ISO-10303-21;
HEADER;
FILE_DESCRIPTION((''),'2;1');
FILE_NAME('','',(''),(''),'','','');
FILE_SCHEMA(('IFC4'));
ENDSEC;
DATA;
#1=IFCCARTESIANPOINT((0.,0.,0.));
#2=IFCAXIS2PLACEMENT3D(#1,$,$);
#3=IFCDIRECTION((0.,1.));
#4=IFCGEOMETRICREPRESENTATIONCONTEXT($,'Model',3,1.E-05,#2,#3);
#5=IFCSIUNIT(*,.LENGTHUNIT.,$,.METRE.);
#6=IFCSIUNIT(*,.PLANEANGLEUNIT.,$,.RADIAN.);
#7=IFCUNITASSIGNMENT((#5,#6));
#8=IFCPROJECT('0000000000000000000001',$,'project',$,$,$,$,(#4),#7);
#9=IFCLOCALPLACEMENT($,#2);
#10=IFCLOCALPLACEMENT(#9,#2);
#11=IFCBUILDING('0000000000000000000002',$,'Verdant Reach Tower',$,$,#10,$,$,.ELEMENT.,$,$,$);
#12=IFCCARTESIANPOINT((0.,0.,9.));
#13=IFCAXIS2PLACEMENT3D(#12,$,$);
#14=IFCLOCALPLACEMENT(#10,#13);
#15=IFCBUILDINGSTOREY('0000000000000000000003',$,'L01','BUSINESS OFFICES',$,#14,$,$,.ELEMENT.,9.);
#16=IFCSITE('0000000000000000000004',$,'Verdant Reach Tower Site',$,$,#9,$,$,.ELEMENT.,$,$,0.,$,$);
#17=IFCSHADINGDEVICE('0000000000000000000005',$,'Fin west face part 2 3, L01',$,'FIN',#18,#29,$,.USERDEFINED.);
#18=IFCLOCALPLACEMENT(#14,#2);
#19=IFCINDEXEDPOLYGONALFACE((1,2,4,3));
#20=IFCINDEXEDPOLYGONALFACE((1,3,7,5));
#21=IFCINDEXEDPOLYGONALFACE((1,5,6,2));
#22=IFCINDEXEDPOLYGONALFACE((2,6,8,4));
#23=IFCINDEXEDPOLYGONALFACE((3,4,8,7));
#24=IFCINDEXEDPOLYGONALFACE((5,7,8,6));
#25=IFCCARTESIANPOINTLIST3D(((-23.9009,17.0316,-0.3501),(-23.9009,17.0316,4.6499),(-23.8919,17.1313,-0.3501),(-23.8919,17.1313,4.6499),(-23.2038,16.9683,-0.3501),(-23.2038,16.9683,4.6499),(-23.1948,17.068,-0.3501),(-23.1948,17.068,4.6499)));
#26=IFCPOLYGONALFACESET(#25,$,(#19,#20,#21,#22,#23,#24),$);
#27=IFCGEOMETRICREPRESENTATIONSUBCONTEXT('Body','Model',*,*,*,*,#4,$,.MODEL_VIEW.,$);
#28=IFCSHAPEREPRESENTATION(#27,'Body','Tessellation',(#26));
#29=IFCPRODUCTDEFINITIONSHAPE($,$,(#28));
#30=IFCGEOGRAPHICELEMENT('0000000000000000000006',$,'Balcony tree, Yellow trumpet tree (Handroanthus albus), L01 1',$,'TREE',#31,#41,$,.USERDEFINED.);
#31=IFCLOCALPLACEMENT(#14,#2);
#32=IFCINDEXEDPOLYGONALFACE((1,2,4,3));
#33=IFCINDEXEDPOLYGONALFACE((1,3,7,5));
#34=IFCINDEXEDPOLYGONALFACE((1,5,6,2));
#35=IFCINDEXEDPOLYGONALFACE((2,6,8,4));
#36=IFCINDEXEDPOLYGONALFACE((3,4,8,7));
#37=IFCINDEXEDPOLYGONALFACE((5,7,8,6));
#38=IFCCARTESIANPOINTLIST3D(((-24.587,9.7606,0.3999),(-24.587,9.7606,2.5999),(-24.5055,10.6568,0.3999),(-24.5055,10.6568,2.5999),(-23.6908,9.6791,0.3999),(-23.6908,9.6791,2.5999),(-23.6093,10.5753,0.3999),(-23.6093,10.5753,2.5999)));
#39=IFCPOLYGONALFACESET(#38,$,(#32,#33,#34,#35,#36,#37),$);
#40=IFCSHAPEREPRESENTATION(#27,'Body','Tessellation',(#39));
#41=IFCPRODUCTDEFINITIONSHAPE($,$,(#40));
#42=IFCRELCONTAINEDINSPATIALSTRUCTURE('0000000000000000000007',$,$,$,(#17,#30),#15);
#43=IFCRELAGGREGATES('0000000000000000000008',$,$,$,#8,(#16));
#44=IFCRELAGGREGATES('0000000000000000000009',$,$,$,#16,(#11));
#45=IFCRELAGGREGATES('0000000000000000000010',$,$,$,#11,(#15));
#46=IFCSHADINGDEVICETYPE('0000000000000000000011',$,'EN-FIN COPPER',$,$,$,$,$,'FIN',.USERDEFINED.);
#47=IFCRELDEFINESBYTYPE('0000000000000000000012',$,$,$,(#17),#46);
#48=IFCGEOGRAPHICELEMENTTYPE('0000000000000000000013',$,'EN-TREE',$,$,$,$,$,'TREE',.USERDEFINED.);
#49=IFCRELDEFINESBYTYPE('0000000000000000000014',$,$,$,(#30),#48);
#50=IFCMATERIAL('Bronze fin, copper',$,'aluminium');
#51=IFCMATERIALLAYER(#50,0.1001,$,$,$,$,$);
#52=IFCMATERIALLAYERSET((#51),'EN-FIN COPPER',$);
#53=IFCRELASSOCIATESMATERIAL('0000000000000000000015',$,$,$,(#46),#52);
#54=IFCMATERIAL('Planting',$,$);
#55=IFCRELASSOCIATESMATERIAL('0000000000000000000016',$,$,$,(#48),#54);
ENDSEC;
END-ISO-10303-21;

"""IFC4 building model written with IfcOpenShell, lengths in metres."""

from ifc_helpers import new_model, si_unit, direction, frame, origin, origin_2d, place, context, subcontext, project, spatial, rectangle, extrude, material, layer, layer_set, type_object, element, save


model = new_model("IFC4")

# Units and contexts
model_context = context("Model", 3, precision=1e-05, world=origin(), true_north=direction((0.0, 1.0)))
body_context = subcontext(model_context, "Body", "Model", "MODEL_VIEW")
ifc_project = project(units=[si_unit("LENGTHUNIT", "METRE"), si_unit("PLANEANGLEUNIT", "RADIAN")], contexts=[model_context])

# Site, building, storey
site_placement = place(None, origin())
site = spatial("IfcSite", under=ifc_project, at=site_placement, Name="Verdant Reach Tower Site", CompositionType="ELEMENT", RefElevation=0.0)
building_placement = place(site_placement, origin())
building = spatial("IfcBuilding", under=site, at=building_placement, Name="Verdant Reach Tower", CompositionType="ELEMENT")
storey_placement = place(building_placement, frame((0.0, 0.0, 9.0)))
storey = spatial("IfcBuildingStorey", under=building, at=storey_placement, Name="L01", Description="BUSINESS OFFICES", CompositionType="ELEMENT", Elevation=9.0)

# Shading device
ifc_material_1 = material(Name="Bronze fin, copper", Category="aluminium")
ifc_layer_1 = layer(ifc_material_1, 0.1001)
ifc_layer_set_1 = layer_set([ifc_layer_1], Name="EN-FIN COPPER")
shading_device_type_1 = type_object("IfcShadingDeviceType", Name="EN-FIN COPPER", ElementType="FIN", PredefinedType="USERDEFINED", material=ifc_layer_set_1)
shading_device_1_placement = place(storey_placement, frame((-23.5479, 17.0498, -0.3501), z_axis=(0.0, 0.0, 1.0), x_axis=(-0.090536, -0.995893, 0.0)))
element("IfcShadingDevice", 1, at=shading_device_1_placement, inside=storey, type_object=shading_device_type_1, Name="Fin west face part 2 3, L01", ObjectType="FIN", PredefinedType="USERDEFINED", context=body_context, shape_type="SweptSolid", body=[
    extrude(rectangle(XDim=0.1001, YDim=0.7, at=origin_2d()), origin(), (0.0, 0.0, 1.0), 5.0),
])

# Geographic element
ifc_material_2 = material(Name="Planting")
geographic_element_type = type_object("IfcGeographicElementType", Name="EN-TREE", ElementType="TREE", PredefinedType="USERDEFINED", material=ifc_material_2)
geographic_element_placement = place(storey_placement, frame((-24.0981, 10.168, 0.3999), z_axis=(0.0, 0.0, 1.0), x_axis=(-0.090536, -0.995893, 0.0)))
element("IfcGeographicElement", 2, at=geographic_element_placement, inside=storey, type_object=geographic_element_type, Name="Balcony tree, Yellow trumpet tree (Handroanthus albus), L01 1", ObjectType="TREE", PredefinedType="USERDEFINED", context=body_context, shape_type="SweptSolid", body=[
    extrude(rectangle(XDim=0.8999, YDim=0.8999, at=origin_2d()), origin(), (0.0, 0.0, 1.0), 2.2),
])

save(model, "model.ifc")
